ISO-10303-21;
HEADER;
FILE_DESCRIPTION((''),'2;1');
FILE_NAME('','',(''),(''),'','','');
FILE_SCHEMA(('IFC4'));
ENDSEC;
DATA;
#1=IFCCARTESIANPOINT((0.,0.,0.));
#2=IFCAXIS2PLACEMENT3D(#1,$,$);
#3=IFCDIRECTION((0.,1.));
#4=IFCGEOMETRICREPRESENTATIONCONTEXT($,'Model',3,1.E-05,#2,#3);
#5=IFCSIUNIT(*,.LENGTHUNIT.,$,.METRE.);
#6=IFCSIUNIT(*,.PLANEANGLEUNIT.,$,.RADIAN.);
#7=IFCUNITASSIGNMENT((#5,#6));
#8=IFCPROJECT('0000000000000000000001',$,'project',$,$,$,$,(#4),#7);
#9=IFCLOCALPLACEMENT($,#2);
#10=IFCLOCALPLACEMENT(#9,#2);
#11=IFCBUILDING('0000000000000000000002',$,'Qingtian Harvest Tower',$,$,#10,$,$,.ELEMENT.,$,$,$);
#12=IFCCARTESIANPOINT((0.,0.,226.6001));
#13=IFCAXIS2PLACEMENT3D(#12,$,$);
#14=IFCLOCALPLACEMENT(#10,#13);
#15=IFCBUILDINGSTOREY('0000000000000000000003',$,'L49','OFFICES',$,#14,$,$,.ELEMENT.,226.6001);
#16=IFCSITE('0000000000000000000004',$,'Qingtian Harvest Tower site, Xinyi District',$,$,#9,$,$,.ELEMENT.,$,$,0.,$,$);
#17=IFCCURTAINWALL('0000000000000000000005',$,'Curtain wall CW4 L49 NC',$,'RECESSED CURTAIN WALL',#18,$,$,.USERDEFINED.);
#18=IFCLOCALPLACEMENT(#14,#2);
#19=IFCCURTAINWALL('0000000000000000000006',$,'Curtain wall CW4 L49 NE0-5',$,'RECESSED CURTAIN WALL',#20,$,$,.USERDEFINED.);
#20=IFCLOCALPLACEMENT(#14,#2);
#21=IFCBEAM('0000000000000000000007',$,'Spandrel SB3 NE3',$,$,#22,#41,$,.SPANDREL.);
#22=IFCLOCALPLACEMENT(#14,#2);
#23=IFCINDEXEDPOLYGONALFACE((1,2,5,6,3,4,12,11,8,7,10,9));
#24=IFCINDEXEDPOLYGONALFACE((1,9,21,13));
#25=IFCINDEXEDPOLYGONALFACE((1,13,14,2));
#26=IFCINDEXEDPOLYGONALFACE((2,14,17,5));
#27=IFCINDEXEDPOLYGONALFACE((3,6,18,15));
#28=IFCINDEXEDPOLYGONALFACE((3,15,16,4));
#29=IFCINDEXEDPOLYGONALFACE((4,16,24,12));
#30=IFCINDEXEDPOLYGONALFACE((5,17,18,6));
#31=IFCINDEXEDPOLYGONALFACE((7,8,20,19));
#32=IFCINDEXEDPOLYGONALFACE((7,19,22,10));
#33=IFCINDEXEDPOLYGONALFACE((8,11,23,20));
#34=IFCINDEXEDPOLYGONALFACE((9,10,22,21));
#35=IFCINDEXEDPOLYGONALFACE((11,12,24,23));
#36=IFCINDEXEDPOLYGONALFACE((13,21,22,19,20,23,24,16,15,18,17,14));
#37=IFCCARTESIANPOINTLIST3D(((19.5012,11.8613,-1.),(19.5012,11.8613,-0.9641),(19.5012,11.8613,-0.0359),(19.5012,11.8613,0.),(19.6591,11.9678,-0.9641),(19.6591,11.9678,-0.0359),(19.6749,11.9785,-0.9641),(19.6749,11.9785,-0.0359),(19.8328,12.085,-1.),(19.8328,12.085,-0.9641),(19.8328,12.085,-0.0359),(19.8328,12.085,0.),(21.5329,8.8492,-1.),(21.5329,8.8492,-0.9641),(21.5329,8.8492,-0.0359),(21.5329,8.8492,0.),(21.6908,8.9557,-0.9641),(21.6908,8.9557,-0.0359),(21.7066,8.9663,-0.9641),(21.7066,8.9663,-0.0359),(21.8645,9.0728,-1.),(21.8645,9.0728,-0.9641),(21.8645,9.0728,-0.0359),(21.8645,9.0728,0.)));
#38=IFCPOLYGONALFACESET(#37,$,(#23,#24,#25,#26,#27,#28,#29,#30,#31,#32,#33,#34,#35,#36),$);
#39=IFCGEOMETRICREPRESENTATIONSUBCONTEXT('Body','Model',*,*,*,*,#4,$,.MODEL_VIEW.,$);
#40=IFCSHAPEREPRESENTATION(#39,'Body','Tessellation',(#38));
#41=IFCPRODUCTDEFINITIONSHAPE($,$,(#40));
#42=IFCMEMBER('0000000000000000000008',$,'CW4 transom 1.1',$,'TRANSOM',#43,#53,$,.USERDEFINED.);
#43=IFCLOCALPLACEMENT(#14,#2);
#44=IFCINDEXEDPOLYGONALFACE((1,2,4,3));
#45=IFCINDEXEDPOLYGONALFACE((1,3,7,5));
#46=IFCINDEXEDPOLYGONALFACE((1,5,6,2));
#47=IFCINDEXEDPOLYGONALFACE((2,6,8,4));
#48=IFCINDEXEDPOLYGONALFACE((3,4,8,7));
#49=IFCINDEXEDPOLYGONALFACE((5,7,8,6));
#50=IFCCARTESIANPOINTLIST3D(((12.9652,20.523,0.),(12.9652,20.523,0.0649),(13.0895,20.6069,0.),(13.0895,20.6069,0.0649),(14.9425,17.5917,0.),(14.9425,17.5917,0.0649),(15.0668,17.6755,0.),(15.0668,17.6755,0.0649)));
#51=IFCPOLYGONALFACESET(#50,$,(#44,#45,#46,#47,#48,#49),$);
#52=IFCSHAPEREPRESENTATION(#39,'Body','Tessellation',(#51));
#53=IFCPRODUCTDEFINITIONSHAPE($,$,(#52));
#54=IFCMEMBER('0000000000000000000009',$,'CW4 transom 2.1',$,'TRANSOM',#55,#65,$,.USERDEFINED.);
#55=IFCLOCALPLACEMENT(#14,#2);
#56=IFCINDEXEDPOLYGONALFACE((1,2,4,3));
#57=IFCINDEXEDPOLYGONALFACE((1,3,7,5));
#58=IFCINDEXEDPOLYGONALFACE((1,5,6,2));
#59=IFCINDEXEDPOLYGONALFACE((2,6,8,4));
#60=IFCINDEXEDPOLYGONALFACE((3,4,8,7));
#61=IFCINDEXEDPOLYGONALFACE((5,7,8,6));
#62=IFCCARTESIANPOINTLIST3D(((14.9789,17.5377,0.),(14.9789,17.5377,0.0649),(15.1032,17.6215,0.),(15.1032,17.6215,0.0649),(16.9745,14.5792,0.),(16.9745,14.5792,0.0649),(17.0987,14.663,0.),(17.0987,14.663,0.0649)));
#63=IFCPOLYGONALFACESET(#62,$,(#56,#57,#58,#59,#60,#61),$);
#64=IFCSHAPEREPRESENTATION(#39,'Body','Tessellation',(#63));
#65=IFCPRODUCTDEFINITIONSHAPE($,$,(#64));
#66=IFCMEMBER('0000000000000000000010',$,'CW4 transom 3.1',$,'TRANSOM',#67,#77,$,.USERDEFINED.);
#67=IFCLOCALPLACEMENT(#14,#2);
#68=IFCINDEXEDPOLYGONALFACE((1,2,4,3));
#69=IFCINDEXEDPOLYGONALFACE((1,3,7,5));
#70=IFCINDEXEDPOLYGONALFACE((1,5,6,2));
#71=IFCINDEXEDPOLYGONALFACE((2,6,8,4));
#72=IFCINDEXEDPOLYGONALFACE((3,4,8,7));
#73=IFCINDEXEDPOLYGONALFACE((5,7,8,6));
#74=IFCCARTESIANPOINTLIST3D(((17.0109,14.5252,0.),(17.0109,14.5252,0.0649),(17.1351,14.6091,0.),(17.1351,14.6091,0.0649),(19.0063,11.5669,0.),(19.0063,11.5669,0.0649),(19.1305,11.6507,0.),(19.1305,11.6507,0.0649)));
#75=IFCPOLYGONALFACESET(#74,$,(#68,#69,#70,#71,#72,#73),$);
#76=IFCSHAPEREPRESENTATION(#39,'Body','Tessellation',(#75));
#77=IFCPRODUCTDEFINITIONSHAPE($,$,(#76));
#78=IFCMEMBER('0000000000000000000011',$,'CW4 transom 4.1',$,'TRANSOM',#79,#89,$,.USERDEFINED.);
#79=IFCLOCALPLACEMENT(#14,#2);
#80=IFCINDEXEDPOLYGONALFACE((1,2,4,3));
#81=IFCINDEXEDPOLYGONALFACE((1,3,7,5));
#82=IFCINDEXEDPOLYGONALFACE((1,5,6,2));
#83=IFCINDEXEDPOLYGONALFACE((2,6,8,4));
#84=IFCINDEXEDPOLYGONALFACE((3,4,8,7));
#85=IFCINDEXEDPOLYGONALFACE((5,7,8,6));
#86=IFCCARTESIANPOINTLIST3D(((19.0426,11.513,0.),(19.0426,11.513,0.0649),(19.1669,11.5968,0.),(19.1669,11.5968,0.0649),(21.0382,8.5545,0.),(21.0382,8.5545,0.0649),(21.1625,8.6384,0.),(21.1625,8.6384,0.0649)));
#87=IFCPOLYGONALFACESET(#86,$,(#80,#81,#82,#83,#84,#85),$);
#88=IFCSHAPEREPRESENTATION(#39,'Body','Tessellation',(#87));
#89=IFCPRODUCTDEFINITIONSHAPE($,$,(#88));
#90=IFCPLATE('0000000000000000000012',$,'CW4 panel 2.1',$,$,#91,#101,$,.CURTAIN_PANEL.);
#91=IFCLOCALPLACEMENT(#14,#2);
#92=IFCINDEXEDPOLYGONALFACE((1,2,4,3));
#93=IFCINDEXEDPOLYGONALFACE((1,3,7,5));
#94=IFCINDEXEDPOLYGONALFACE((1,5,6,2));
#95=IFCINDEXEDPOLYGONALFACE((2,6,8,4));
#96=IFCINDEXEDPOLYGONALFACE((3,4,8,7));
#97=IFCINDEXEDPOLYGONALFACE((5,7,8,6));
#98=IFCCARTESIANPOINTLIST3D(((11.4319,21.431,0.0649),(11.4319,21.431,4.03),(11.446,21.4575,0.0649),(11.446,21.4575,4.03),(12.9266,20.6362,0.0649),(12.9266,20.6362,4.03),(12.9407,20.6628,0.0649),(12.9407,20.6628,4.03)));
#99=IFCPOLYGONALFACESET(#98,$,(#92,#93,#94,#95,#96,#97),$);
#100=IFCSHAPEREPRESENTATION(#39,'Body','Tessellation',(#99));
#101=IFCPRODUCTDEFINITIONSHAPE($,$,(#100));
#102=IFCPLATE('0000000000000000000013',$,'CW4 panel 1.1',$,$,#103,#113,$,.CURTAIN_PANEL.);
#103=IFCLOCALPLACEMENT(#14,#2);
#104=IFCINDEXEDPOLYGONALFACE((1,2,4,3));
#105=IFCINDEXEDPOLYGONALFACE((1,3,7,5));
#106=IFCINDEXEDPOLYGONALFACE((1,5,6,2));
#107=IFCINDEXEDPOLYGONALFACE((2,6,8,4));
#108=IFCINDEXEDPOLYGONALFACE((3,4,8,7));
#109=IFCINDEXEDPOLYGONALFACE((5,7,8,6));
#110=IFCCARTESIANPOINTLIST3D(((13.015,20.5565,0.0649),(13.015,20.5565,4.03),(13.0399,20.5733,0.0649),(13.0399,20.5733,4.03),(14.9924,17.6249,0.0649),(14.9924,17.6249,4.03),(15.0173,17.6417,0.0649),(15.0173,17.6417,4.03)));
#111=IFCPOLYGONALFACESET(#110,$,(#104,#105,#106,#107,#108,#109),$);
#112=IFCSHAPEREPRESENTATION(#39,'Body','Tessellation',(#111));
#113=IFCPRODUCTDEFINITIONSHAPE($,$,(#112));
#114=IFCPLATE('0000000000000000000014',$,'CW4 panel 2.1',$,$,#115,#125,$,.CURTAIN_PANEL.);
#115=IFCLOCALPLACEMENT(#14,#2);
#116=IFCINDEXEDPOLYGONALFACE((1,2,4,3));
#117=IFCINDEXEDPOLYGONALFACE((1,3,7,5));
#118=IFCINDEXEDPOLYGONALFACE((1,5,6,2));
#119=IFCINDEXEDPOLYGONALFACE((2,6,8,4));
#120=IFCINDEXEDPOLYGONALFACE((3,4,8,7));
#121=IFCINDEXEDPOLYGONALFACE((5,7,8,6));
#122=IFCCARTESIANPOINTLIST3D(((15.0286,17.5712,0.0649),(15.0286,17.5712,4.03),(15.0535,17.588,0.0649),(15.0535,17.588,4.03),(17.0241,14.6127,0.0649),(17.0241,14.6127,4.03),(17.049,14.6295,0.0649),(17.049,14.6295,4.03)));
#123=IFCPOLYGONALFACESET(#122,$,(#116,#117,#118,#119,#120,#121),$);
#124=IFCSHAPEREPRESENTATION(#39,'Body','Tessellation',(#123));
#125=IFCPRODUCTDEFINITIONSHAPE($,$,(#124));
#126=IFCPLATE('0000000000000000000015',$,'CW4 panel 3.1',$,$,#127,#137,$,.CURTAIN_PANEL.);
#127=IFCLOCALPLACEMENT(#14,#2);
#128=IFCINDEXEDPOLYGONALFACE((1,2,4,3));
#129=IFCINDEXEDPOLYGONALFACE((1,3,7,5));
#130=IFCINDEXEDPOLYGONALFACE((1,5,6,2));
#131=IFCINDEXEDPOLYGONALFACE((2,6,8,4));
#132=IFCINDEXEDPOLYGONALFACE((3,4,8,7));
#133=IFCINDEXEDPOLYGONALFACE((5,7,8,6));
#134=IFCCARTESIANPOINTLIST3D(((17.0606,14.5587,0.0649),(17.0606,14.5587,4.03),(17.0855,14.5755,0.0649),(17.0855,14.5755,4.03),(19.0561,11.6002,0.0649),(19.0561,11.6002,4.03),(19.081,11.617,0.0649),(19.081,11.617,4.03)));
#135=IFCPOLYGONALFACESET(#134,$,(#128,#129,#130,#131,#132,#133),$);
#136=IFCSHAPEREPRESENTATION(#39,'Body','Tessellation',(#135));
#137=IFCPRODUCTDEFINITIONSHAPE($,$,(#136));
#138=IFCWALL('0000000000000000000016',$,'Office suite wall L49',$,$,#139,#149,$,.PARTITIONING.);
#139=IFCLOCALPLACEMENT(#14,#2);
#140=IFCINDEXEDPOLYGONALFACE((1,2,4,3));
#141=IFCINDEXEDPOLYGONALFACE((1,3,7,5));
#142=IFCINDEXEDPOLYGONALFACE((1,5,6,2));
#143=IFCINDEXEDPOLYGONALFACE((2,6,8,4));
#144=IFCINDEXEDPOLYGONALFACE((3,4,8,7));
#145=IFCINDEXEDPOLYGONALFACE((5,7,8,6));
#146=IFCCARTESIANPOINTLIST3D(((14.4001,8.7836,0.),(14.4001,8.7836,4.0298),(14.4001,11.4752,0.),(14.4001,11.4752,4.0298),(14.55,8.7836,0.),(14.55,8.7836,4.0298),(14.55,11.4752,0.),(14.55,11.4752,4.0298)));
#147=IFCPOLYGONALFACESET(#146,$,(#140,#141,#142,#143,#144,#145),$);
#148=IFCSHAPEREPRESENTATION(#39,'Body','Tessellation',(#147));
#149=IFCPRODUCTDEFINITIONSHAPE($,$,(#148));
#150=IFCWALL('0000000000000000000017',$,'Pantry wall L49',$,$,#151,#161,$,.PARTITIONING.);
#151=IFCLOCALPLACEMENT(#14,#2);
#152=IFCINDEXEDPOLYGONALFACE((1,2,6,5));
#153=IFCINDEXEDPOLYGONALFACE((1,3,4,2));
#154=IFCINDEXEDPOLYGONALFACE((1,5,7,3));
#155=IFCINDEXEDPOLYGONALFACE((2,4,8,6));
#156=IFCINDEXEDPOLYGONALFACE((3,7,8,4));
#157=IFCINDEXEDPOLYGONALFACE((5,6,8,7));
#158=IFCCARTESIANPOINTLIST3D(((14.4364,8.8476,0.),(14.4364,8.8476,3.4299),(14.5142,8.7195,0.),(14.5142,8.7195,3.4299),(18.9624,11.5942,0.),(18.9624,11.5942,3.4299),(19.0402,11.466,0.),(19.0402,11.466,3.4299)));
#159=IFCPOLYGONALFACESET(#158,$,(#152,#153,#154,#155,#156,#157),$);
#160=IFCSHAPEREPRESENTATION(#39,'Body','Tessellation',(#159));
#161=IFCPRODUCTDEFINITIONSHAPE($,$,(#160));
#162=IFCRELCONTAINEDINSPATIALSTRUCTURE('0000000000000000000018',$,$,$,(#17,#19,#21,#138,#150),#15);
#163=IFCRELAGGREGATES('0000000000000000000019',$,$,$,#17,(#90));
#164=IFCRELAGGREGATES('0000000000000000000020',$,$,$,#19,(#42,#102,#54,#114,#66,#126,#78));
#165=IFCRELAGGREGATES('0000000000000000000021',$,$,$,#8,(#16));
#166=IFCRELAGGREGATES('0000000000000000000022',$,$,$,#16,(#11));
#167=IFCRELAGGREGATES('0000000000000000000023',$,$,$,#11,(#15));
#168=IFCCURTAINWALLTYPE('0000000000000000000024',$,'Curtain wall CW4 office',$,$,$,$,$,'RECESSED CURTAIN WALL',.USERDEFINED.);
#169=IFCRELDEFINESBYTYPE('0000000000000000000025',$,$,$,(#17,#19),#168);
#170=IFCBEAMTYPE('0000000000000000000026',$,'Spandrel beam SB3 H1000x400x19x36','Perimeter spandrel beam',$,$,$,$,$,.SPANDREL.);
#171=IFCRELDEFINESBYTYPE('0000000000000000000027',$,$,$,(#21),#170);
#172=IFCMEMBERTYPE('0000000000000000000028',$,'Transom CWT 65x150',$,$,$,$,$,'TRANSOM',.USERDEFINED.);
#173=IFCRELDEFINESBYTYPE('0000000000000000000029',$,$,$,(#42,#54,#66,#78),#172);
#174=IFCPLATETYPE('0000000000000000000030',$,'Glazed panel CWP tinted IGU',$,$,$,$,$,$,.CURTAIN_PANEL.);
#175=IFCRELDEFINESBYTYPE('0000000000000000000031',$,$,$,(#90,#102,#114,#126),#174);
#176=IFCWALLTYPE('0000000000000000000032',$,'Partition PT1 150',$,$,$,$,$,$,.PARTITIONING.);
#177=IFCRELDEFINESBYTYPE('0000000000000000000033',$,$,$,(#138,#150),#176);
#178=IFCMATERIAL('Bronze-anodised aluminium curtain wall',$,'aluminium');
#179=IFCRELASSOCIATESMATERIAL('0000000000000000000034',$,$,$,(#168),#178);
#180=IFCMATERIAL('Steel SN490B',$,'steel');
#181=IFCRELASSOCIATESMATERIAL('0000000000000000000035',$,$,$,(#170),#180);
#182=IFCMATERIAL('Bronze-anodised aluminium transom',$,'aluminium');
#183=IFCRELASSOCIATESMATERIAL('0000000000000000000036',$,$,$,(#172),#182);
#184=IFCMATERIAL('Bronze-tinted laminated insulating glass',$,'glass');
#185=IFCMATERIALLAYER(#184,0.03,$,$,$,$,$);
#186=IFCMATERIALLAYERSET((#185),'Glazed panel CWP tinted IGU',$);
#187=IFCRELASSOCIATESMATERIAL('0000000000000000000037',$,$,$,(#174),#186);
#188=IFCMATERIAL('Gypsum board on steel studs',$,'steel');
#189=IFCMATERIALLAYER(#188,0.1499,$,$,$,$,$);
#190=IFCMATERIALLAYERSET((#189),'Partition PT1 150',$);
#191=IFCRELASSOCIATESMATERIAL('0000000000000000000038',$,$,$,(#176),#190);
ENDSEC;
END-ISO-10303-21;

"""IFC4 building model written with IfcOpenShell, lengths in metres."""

from ifc_helpers import new_model, si_unit, direction, frame, frame_2d, origin, origin_2d, place, context, subcontext, project, spatial, rectangle, i_section, extrude, material, layer, layer_set, material_profile, profile_set, type_object, element, aggregate, save


model = new_model("IFC4")

# Units and contexts
model_context = context("Model", 3, precision=1e-05, world=origin(), true_north=direction((0.0, 1.0)))
body_context = subcontext(model_context, "Body", "Model", "MODEL_VIEW")
ifc_project = project(units=[si_unit("LENGTHUNIT", "METRE"), si_unit("PLANEANGLEUNIT", "RADIAN")], contexts=[model_context])

# Site, building, storey
site_placement = place(None, origin())
site = spatial("IfcSite", under=ifc_project, at=site_placement, Name="Qingtian Harvest Tower site, Xinyi District", CompositionType="ELEMENT", RefElevation=0.0)
building_placement = place(site_placement, origin())
building = spatial("IfcBuilding", under=site, at=building_placement, Name="Qingtian Harvest Tower", CompositionType="ELEMENT")
storey_placement = place(building_placement, frame((0.0, 0.0, 226.6001)))
storey = spatial("IfcBuildingStorey", under=building, at=storey_placement, Name="L49", Description="OFFICES", CompositionType="ELEMENT", Elevation=226.6001)

# Curtain wall
ifc_material_1 = material(Name="Bronze-anodised aluminium curtain wall", Category="aluminium")
curtain_wall_type = type_object("IfcCurtainWallType", Name="Curtain wall CW4 office", ElementType="RECESSED CURTAIN WALL", PredefinedType="USERDEFINED", material=ifc_material_1)
curtain_wall_1_placement = place(storey_placement, origin())
curtain_wall_1 = element("IfcCurtainWall", 1, at=curtain_wall_1_placement, inside=storey, type_object=curtain_wall_type, Name="Curtain wall CW4 L49 NC", ObjectType="RECESSED CURTAIN WALL", PredefinedType="USERDEFINED")

# Curtain wall
curtain_wall_2_placement = place(storey_placement, origin())
curtain_wall_2 = element("IfcCurtainWall", 2, at=curtain_wall_2_placement, inside=storey, type_object=curtain_wall_type, Name="Curtain wall CW4 L49 NE0-5", ObjectType="RECESSED CURTAIN WALL", PredefinedType="USERDEFINED")

# Beam
ifc_material_2 = material(Name="Steel SN490B", Category="steel")
ifc_material_profile_1 = material_profile(ifc_material_2, i_section(OverallWidth=0.3999, OverallDepth=1.0, WebThickness=0.019, FlangeThickness=0.0359, at=origin_2d()), Name="H1000x400x19x36")
ifc_profile_set_1 = profile_set([ifc_material_profile_1], Name="Steel SN490B")
beam_type_1 = type_object("IfcBeamType", Name="Spandrel beam SB3 H1000x400x19x36", Description="Perimeter spandrel beam", PredefinedType="SPANDREL", material=ifc_profile_set_1)
beam_1_placement = place(storey_placement, frame((19.667, 11.9731, -0.5), z_axis=(0.559189, -0.82904, 0.0), x_axis=(0.82904, 0.559189, 0.0)))
element("IfcBeam", 3, at=beam_1_placement, inside=storey, type_object=beam_type_1, Name="Spandrel SB3 NE3", PredefinedType="SPANDREL", context=body_context, shape_type="SweptSolid", body=[
    extrude(i_section(OverallWidth=0.3999, OverallDepth=1.0, WebThickness=0.019, FlangeThickness=0.0359, at=origin_2d()), origin(), (0.0, 0.0, 1.0), 3.6333),
])

# Members
ifc_material_3 = material(Name="Bronze-anodised aluminium transom", Category="aluminium")
ifc_material_profile_2 = material_profile(ifc_material_3, rectangle(XDim=0.1499, YDim=0.0649, at=origin_2d()), Name="AL 65x150")
ifc_profile_set_2 = profile_set([ifc_material_profile_2], Name="Bronze-anodised aluminium transom")
member_type_1 = type_object("IfcMemberType", Name="Transom CWT 65x150", ElementType="TRANSOM", PredefinedType="USERDEFINED", material=ifc_profile_set_2)
member_1_placement = place(storey_placement, frame((13.0273, 20.5649, 0.0325), z_axis=(0.559201, -0.829032, 0.0), x_axis=(0.829032, 0.559201, 0.0)))
member_1 = element("IfcMember", 4, at=member_1_placement, type_object=member_type_1, Name="CW4 transom 1.1", ObjectType="TRANSOM", PredefinedType="USERDEFINED", context=body_context, shape_type="SweptSolid", body=[
    extrude(rectangle(XDim=0.1499, YDim=0.0649, at=origin_2d()), origin(), (0.0, 0.0, 1.0), 3.5359),
])
member_2_placement = place(storey_placement, frame((15.041, 17.5796, 0.0325), z_axis=(0.559207, -0.829028, 0.0), x_axis=(0.829028, 0.559207, 0.0)))
member_2 = element("IfcMember", 5, at=member_2_placement, type_object=member_type_1, Name="CW4 transom 2.1", ObjectType="TRANSOM", PredefinedType="USERDEFINED", context=body_context, shape_type="SweptSolid", body=[
    extrude(rectangle(XDim=0.1499, YDim=0.0649, at=origin_2d()), origin(), (0.0, 0.0, 1.0), 3.5686),
])
member_3_placement = place(storey_placement, frame((17.073, 14.5671, 0.0325), z_axis=(0.559192, -0.829038, 0.0), x_axis=(0.829038, 0.559192, 0.0)))
member_3 = element("IfcMember", 6, at=member_3_placement, type_object=member_type_1, Name="CW4 transom 3.1", ObjectType="TRANSOM", PredefinedType="USERDEFINED", context=body_context, shape_type="SweptSolid", body=[
    extrude(rectangle(XDim=0.1499, YDim=0.0649, at=origin_2d()), origin(), (0.0, 0.0, 1.0), 3.5684),
])
member_4_placement = place(storey_placement, frame((19.1047, 11.5549, 0.0325), z_axis=(0.559207, -0.829028, 0.0), x_axis=(0.829028, 0.559207, 0.0)))
member_4 = element("IfcMember", 7, at=member_4_placement, type_object=member_type_1, Name="CW4 transom 4.1", ObjectType="TRANSOM", PredefinedType="USERDEFINED", context=body_context, shape_type="SweptSolid", body=[
    extrude(rectangle(XDim=0.1499, YDim=0.0649, at=origin_2d()), origin(), (0.0, 0.0, 1.0), 3.5686),
])

# Plates
ifc_material_4 = material(Name="Bronze-tinted laminated insulating glass", Category="glass")
ifc_layer_1 = layer(ifc_material_4, 0.03)
ifc_layer_set_1 = layer_set([ifc_layer_1], Name="Glazed panel CWP tinted IGU")
plate_type = type_object("IfcPlateType", Name="Glazed panel CWP tinted IGU", PredefinedType="CURTAIN_PANEL", material=ifc_layer_set_1)
plate_1_placement = place(storey_placement, frame((12.1863, 21.0469, 0.0649), z_axis=(0.0, 0.0, 1.0), x_axis=(0.882948, -0.469472, 0.0)))
plate_1 = element("IfcPlate", 8, at=plate_1_placement, type_object=plate_type, Name="CW4 panel 2.1", PredefinedType="CURTAIN_PANEL", context=body_context, shape_type="SweptSolid", body=[
    extrude(rectangle(XDim=1.6929, YDim=0.03, at=origin_2d()), origin(), (0.0, 0.0, 1.0), 3.9651),
])
aggregate(curtain_wall_1, [plate_1])
plate_2_placement = place(storey_placement, frame((14.0161, 19.0991, 0.0649), z_axis=(0.0, 0.0, 1.0), x_axis=(0.559193, -0.829038, 0.0)))
plate_2 = element("IfcPlate", 9, at=plate_2_placement, type_object=plate_type, Name="CW4 panel 1.1", PredefinedType="CURTAIN_PANEL", context=body_context, shape_type="SweptSolid", body=[
    extrude(rectangle(XDim=3.5361, YDim=0.03, at=origin_2d()), origin(), (0.0, 0.0, 1.0), 3.9651),
])
plate_3_placement = place(storey_placement, frame((16.0388, 16.1003, 0.0649), z_axis=(0.0, 0.0, 1.0), x_axis=(0.559193, -0.829038, 0.0)))
plate_3 = element("IfcPlate", 10, at=plate_3_placement, type_object=plate_type, Name="CW4 panel 2.1", PredefinedType="CURTAIN_PANEL", context=body_context, shape_type="SweptSolid", body=[
    extrude(rectangle(XDim=3.5686, YDim=0.03, at=origin_2d()), origin(), (0.0, 0.0, 1.0), 3.9651),
])
plate_4_placement = place(storey_placement, frame((18.0708, 13.0879, 0.0649), z_axis=(0.0, 0.0, 1.0), x_axis=(0.559193, -0.829038, 0.0)))
plate_4 = element("IfcPlate", 11, at=plate_4_placement, type_object=plate_type, Name="CW4 panel 3.1", PredefinedType="CURTAIN_PANEL", context=body_context, shape_type="SweptSolid", body=[
    extrude(rectangle(XDim=3.5686, YDim=0.03, at=origin_2d()), origin(), (0.0, 0.0, 1.0), 3.9651),
])
aggregate(curtain_wall_2, [member_1, plate_2, member_2, plate_3, member_3, plate_4, member_4])

# Walls
ifc_material_5 = material(Name="Gypsum board on steel studs", Category="steel")
ifc_layer_2 = layer(ifc_material_5, 0.1499)
ifc_layer_set_2 = layer_set([ifc_layer_2], Name="Partition PT1 150")
wall_type = type_object("IfcWallType", Name="Partition PT1 150", PredefinedType="PARTITIONING", material=ifc_layer_set_2)
wall_1_placement = place(storey_placement, frame((14.4751, 11.4751, 0.0), z_axis=(0.0, 0.0, 1.0), x_axis=(0.0, -1.0, 0.0)))
element("IfcWall", 12, at=wall_1_placement, inside=storey, type_object=wall_type, Name="Office suite wall L49", PredefinedType="PARTITIONING", context=body_context, shape_type="SweptSolid", body=[
    extrude(rectangle(XDim=2.6917, YDim=0.1499, at=frame_2d((1.3457, 0.0))), origin(), (0.0, 0.0, 1.0), 4.0298),
])
wall_2_placement = place(storey_placement, frame((19.0012, 11.53, 0.0), z_axis=(0.0, 0.0, 1.0), x_axis=(-0.854907, -0.518782, 0.0)))
element("IfcWall", 13, at=wall_2_placement, inside=storey, type_object=wall_type, Name="Pantry wall L49", PredefinedType="PARTITIONING", context=body_context, shape_type="SweptSolid", body=[
    extrude(rectangle(XDim=5.2942, YDim=0.1499, at=frame_2d((2.647, 0.0))), origin(), (0.0, 0.0, 1.0), 3.4299),
])

save(model, "model.ifc")
